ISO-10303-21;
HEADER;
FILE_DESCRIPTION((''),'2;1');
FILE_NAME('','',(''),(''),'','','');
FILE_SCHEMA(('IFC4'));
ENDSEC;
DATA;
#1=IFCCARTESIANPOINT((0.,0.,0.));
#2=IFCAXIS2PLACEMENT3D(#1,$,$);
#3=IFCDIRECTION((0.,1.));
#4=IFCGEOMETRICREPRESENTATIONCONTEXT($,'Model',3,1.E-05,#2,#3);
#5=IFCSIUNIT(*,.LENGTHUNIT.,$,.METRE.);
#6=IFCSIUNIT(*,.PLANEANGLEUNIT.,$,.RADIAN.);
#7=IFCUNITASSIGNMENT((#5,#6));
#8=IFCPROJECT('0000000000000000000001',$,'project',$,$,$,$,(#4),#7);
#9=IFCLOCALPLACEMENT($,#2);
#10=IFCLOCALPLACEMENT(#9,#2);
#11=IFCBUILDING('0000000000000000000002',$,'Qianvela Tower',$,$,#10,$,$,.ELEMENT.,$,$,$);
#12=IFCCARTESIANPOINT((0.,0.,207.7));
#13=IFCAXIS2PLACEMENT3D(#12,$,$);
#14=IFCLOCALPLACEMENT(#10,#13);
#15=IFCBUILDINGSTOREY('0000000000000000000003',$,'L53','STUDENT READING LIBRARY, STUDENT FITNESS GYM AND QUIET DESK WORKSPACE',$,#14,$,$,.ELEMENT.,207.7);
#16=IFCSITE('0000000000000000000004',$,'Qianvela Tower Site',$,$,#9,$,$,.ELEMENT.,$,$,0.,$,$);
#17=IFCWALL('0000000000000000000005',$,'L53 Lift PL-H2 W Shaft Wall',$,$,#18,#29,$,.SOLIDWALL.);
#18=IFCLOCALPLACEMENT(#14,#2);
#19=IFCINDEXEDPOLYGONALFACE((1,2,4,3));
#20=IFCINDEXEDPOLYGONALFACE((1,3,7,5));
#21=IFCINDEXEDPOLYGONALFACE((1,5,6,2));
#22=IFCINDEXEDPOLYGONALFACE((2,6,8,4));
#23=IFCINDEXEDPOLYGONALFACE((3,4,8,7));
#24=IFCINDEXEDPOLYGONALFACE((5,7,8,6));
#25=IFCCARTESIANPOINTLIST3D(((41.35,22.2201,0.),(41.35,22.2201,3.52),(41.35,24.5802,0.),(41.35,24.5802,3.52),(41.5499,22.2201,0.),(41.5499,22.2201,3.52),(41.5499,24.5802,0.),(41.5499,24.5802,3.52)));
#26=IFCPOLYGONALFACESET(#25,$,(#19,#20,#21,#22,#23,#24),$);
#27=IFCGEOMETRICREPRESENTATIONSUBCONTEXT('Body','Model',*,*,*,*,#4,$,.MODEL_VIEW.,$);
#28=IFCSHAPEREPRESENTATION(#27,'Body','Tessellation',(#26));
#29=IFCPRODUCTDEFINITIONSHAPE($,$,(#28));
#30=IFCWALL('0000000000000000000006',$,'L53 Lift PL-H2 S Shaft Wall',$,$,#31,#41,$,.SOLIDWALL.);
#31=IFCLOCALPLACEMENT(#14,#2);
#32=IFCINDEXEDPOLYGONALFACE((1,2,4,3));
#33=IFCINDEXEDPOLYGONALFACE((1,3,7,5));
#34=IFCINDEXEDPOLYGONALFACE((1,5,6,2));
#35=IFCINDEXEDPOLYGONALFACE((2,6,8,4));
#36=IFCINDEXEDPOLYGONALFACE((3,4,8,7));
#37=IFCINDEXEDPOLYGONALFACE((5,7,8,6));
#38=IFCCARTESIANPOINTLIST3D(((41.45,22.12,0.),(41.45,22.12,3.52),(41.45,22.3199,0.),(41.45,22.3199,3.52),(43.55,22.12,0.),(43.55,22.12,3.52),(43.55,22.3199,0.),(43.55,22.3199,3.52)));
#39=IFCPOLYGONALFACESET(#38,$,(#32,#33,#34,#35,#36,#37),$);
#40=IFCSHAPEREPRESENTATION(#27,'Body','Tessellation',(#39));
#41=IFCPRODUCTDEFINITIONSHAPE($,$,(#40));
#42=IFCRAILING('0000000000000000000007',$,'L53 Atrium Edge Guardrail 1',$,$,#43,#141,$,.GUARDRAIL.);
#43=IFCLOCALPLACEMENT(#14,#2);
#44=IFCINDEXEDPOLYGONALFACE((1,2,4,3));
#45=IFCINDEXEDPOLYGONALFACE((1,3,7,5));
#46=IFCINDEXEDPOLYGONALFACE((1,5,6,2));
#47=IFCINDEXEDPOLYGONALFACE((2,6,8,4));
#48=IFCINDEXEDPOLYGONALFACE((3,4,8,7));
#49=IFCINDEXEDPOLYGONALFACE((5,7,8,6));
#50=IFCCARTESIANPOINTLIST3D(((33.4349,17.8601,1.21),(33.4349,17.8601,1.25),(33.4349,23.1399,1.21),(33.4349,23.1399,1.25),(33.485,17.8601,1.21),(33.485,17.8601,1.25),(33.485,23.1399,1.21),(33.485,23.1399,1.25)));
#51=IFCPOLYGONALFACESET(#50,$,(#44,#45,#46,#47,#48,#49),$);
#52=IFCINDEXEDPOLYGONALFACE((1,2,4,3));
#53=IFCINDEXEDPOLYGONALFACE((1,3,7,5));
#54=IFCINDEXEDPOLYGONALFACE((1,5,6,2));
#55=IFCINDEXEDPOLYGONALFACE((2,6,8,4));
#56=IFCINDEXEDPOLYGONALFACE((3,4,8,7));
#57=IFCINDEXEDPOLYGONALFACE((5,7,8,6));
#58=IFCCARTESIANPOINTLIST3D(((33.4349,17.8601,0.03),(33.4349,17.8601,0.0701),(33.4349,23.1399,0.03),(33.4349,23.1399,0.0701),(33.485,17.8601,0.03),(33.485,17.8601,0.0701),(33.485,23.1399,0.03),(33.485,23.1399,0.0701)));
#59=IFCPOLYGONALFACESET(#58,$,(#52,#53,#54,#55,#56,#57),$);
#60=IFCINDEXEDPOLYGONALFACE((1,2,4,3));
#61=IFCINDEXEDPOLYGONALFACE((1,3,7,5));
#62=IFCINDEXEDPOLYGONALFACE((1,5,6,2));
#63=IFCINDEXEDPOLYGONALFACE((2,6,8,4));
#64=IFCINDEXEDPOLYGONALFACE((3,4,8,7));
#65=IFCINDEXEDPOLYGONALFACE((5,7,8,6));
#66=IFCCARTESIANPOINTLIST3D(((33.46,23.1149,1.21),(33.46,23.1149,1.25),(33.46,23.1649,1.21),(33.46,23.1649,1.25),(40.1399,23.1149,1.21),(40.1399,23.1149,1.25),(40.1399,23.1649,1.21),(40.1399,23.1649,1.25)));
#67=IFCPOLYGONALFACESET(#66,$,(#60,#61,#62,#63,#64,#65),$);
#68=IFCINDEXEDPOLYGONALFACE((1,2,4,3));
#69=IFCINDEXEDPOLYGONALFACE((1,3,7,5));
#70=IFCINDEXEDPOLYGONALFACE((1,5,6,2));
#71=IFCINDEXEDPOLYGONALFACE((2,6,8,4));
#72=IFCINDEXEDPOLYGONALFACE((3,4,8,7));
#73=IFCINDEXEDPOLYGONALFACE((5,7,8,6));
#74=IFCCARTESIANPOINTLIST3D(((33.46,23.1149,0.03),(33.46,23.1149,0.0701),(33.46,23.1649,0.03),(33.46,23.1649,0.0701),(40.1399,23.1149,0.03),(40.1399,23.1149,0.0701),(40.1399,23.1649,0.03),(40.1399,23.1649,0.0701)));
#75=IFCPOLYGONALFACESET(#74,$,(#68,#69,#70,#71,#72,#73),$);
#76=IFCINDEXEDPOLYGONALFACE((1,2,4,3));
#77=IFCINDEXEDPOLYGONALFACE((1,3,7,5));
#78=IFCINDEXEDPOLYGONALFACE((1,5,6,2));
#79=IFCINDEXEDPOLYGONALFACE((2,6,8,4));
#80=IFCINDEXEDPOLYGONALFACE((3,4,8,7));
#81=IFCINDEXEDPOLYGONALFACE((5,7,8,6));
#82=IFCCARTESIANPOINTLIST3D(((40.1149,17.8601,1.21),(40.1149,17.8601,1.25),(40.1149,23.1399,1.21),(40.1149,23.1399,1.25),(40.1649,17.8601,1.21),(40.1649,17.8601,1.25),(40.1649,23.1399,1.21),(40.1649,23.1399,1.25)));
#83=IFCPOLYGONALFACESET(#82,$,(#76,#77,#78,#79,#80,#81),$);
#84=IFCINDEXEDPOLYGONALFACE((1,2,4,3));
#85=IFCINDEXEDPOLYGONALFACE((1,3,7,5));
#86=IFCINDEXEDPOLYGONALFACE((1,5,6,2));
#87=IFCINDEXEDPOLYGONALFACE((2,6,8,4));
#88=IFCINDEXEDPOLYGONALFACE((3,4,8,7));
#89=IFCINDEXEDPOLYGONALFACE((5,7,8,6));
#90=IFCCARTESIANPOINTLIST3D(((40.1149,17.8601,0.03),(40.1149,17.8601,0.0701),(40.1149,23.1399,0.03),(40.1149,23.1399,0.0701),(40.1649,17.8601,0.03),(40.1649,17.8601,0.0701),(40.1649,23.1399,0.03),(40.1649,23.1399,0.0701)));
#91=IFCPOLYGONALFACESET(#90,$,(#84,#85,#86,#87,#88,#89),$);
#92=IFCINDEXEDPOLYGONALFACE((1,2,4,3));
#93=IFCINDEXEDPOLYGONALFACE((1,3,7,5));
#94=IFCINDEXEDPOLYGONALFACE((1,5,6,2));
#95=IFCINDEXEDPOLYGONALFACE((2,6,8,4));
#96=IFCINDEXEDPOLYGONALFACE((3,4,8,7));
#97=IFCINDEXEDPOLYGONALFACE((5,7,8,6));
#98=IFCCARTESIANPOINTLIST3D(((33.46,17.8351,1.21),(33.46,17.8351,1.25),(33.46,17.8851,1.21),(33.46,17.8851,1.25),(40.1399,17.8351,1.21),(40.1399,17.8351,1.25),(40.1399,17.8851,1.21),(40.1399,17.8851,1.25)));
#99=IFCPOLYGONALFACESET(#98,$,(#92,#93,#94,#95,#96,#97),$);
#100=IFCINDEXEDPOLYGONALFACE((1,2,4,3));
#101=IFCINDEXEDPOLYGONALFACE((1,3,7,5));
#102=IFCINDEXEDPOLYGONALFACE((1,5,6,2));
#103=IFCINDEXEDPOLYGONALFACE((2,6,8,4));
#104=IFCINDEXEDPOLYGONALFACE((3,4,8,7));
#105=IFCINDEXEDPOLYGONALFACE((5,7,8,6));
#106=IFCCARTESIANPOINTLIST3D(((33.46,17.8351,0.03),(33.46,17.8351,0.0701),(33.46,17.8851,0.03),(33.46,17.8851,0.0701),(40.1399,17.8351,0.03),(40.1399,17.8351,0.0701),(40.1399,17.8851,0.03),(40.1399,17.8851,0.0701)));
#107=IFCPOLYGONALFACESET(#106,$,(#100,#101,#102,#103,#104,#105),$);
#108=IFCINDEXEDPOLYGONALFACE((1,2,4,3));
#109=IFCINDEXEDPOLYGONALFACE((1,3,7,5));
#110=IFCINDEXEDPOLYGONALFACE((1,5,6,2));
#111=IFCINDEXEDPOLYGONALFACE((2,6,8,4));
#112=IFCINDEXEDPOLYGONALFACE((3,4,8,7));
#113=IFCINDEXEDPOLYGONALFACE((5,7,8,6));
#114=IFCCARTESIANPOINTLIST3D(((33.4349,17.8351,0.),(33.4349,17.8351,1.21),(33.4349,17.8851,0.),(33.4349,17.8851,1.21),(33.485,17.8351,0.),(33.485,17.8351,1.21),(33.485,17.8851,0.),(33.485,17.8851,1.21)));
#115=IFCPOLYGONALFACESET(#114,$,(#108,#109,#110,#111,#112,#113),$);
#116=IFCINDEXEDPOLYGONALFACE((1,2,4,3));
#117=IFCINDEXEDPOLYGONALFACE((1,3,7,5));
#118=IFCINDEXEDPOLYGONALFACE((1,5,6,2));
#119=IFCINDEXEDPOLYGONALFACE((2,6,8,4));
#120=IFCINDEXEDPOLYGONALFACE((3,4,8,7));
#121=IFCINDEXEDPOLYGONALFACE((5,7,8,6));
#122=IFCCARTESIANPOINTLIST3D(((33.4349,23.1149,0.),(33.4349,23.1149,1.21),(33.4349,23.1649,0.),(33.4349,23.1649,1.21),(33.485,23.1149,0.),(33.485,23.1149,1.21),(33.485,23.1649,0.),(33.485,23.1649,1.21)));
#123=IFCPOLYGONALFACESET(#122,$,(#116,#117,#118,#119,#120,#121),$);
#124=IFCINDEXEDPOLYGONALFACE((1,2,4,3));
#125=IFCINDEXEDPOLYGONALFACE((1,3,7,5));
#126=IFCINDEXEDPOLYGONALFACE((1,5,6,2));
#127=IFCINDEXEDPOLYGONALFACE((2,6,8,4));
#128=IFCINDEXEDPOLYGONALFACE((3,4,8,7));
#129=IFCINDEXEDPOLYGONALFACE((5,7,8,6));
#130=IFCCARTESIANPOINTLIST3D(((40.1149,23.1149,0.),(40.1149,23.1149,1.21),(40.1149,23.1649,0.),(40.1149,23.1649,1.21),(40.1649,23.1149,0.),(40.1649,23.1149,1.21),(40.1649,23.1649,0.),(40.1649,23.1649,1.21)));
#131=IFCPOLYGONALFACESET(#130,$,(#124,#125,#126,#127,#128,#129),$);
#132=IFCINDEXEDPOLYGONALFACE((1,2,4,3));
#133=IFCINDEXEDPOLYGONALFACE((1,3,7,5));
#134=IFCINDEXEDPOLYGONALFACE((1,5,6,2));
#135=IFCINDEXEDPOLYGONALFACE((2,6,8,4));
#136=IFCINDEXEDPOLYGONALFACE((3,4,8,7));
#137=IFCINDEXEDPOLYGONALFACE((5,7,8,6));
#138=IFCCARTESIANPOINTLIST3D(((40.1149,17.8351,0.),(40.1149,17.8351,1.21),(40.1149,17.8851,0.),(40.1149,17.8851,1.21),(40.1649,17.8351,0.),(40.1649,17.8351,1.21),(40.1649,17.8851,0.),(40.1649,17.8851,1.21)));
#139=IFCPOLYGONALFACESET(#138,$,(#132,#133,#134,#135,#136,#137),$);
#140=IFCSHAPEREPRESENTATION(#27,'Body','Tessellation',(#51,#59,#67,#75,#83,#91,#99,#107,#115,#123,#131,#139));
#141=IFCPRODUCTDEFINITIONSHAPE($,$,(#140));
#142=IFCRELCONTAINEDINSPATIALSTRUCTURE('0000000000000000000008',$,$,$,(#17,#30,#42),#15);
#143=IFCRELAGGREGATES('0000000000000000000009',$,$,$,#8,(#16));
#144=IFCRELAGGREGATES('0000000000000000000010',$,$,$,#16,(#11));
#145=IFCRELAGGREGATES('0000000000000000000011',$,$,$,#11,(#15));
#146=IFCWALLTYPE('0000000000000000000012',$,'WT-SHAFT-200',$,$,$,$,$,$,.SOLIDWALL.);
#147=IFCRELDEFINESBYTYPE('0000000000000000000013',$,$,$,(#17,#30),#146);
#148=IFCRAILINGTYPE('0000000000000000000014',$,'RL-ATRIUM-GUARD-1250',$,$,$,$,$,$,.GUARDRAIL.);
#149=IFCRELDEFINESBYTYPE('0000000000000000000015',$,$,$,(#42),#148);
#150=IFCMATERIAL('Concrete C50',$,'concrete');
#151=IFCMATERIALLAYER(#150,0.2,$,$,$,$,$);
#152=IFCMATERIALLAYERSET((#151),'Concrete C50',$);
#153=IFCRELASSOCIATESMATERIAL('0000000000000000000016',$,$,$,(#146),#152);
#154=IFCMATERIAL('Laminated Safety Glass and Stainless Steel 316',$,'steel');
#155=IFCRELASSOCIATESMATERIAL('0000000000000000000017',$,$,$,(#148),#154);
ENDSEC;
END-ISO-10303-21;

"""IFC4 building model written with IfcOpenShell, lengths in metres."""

from ifc_helpers import new_model, si_unit, direction, frame, frame_2d, origin, origin_2d, place, context, subcontext, project, spatial, rectangle, extrude, material, layer, layer_set, type_object, element, save


model = new_model("IFC4")

# Units and contexts
model_context = context("Model", 3, precision=1e-05, world=origin(), true_north=direction((0.0, 1.0)))
body_context = subcontext(model_context, "Body", "Model", "MODEL_VIEW")
ifc_project = project(units=[si_unit("LENGTHUNIT", "METRE"), si_unit("PLANEANGLEUNIT", "RADIAN")], contexts=[model_context])

# Site, building, storey
site_placement = place(None, origin())
site = spatial("IfcSite", under=ifc_project, at=site_placement, Name="Qianvela Tower Site", CompositionType="ELEMENT", RefElevation=0.0)
building_placement = place(site_placement, origin())
building = spatial("IfcBuilding", under=site, at=building_placement, Name="Qianvela Tower", CompositionType="ELEMENT")
storey_placement = place(building_placement, frame((0.0, 0.0, 207.7)))
storey = spatial("IfcBuildingStorey", under=building, at=storey_placement, Name="L53", Description="STUDENT READING LIBRARY, STUDENT FITNESS GYM AND QUIET DESK WORKSPACE", CompositionType="ELEMENT", Elevation=207.7)

# Walls
ifc_material_1 = material(Name="Concrete C50", Category="concrete")
ifc_layer_1 = layer(ifc_material_1, 0.2)
ifc_layer_set_1 = layer_set([ifc_layer_1], Name="Concrete C50")
wall_type_1 = type_object("IfcWallType", Name="WT-SHAFT-200", PredefinedType="SOLIDWALL", material=ifc_layer_set_1)
wall_1_placement = place(storey_placement, frame((41.45, 22.22, 0.0), z_axis=(0.0, 0.0, 1.0), x_axis=(0.0, 1.0, 0.0)))
element("IfcWall", 1, at=wall_1_placement, inside=storey, type_object=wall_type_1, Name="L53 Lift PL-H2 W Shaft Wall", PredefinedType="SOLIDWALL", context=body_context, shape_type="SweptSolid", body=[
    extrude(rectangle(XDim=2.3601, YDim=0.2, at=frame_2d((1.1802, 0.0))), origin(), (0.0, 0.0, 1.0), 3.52),
])
wall_2_placement = place(storey_placement, frame((41.45, 22.22, 0.0), z_axis=(0.0, 0.0, 1.0), x_axis=(1.0, 0.0, 0.0)))
element("IfcWall", 2, at=wall_2_placement, inside=storey, type_object=wall_type_1, Name="L53 Lift PL-H2 S Shaft Wall", PredefinedType="SOLIDWALL", context=body_context, shape_type="SweptSolid", body=[
    extrude(rectangle(XDim=2.1001, YDim=0.2, at=frame_2d((1.05, 0.0))), origin(), (0.0, 0.0, 1.0), 3.52),
])

# Railing
ifc_material_2 = material(Name="Laminated Safety Glass and Stainless Steel 316", Category="steel")
railing_type = type_object("IfcRailingType", Name="RL-ATRIUM-GUARD-1250", PredefinedType="GUARDRAIL", material=ifc_material_2)
railing_placement = place(storey_placement, frame((33.46, 17.8601, 0.0)))
element("IfcRailing", 3, at=railing_placement, inside=storey, type_object=railing_type, Name="L53 Atrium Edge Guardrail 1", PredefinedType="GUARDRAIL", context=body_context, shape_type="SweptSolid", body=[
    extrude(rectangle(XDim=0.05, YDim=0.04, at=origin_2d()), frame((0.0, 0.0, 1.23), z_axis=(0.0, 1.0, 0.0), x_axis=(-1.0, 0.0, 0.0)), (0.0, 0.0, 1.0), 5.2798),
    extrude(rectangle(XDim=0.05, YDim=0.04, at=origin_2d()), frame((0.0, 0.0, 0.05), z_axis=(0.0, 1.0, 0.0), x_axis=(-1.0, 0.0, 0.0)), (0.0, 0.0, 1.0), 5.2798),
    extrude(rectangle(XDim=0.05, YDim=0.04, at=origin_2d()), frame((0.0, 5.2798, 1.23), z_axis=(1.0, 0.0, 0.0), x_axis=(0.0, 1.0, 0.0)), (0.0, 0.0, 1.0), 6.6799),
    extrude(rectangle(XDim=0.05, YDim=0.04, at=origin_2d()), frame((0.0, 5.2798, 0.05), z_axis=(1.0, 0.0, 0.0), x_axis=(0.0, 1.0, 0.0)), (0.0, 0.0, 1.0), 6.6799),
    extrude(rectangle(XDim=0.05, YDim=0.04, at=origin_2d()), frame((6.6799, 5.2798, 1.23), z_axis=(0.0, -1.0, 0.0), x_axis=(1.0, 0.0, 0.0)), (0.0, 0.0, 1.0), 5.2798),
    extrude(rectangle(XDim=0.05, YDim=0.04, at=origin_2d()), frame((6.6799, 5.2798, 0.05), z_axis=(0.0, -1.0, 0.0), x_axis=(1.0, 0.0, 0.0)), (0.0, 0.0, 1.0), 5.2798),
    extrude(rectangle(XDim=0.05, YDim=0.04, at=origin_2d()), frame((6.6799, 0.0, 1.23), z_axis=(-1.0, 0.0, 0.0), x_axis=(0.0, -1.0, 0.0)), (0.0, 0.0, 1.0), 6.6799),
    extrude(rectangle(XDim=0.05, YDim=0.04, at=origin_2d()), frame((6.6799, 0.0, 0.05), z_axis=(-1.0, 0.0, 0.0), x_axis=(0.0, -1.0, 0.0)), (0.0, 0.0, 1.0), 6.6799),
    extrude(rectangle(XDim=0.05, YDim=0.05, at=origin_2d()), origin(), (0.0, 0.0, 1.0), 1.21),
    extrude(rectangle(XDim=0.05, YDim=0.05, at=origin_2d()), frame((0.0, 5.2798, 0.0)), (0.0, 0.0, 1.0), 1.21),
    extrude(rectangle(XDim=0.05, YDim=0.05, at=origin_2d()), frame((6.6799, 5.2798, 0.0)), (0.0, 0.0, 1.0), 1.21),
    extrude(rectangle(XDim=0.05, YDim=0.05, at=origin_2d()), frame((6.6799, 0.0, 0.0)), (0.0, 0.0, 1.0), 1.21),
])

save(model, "model.ifc")
